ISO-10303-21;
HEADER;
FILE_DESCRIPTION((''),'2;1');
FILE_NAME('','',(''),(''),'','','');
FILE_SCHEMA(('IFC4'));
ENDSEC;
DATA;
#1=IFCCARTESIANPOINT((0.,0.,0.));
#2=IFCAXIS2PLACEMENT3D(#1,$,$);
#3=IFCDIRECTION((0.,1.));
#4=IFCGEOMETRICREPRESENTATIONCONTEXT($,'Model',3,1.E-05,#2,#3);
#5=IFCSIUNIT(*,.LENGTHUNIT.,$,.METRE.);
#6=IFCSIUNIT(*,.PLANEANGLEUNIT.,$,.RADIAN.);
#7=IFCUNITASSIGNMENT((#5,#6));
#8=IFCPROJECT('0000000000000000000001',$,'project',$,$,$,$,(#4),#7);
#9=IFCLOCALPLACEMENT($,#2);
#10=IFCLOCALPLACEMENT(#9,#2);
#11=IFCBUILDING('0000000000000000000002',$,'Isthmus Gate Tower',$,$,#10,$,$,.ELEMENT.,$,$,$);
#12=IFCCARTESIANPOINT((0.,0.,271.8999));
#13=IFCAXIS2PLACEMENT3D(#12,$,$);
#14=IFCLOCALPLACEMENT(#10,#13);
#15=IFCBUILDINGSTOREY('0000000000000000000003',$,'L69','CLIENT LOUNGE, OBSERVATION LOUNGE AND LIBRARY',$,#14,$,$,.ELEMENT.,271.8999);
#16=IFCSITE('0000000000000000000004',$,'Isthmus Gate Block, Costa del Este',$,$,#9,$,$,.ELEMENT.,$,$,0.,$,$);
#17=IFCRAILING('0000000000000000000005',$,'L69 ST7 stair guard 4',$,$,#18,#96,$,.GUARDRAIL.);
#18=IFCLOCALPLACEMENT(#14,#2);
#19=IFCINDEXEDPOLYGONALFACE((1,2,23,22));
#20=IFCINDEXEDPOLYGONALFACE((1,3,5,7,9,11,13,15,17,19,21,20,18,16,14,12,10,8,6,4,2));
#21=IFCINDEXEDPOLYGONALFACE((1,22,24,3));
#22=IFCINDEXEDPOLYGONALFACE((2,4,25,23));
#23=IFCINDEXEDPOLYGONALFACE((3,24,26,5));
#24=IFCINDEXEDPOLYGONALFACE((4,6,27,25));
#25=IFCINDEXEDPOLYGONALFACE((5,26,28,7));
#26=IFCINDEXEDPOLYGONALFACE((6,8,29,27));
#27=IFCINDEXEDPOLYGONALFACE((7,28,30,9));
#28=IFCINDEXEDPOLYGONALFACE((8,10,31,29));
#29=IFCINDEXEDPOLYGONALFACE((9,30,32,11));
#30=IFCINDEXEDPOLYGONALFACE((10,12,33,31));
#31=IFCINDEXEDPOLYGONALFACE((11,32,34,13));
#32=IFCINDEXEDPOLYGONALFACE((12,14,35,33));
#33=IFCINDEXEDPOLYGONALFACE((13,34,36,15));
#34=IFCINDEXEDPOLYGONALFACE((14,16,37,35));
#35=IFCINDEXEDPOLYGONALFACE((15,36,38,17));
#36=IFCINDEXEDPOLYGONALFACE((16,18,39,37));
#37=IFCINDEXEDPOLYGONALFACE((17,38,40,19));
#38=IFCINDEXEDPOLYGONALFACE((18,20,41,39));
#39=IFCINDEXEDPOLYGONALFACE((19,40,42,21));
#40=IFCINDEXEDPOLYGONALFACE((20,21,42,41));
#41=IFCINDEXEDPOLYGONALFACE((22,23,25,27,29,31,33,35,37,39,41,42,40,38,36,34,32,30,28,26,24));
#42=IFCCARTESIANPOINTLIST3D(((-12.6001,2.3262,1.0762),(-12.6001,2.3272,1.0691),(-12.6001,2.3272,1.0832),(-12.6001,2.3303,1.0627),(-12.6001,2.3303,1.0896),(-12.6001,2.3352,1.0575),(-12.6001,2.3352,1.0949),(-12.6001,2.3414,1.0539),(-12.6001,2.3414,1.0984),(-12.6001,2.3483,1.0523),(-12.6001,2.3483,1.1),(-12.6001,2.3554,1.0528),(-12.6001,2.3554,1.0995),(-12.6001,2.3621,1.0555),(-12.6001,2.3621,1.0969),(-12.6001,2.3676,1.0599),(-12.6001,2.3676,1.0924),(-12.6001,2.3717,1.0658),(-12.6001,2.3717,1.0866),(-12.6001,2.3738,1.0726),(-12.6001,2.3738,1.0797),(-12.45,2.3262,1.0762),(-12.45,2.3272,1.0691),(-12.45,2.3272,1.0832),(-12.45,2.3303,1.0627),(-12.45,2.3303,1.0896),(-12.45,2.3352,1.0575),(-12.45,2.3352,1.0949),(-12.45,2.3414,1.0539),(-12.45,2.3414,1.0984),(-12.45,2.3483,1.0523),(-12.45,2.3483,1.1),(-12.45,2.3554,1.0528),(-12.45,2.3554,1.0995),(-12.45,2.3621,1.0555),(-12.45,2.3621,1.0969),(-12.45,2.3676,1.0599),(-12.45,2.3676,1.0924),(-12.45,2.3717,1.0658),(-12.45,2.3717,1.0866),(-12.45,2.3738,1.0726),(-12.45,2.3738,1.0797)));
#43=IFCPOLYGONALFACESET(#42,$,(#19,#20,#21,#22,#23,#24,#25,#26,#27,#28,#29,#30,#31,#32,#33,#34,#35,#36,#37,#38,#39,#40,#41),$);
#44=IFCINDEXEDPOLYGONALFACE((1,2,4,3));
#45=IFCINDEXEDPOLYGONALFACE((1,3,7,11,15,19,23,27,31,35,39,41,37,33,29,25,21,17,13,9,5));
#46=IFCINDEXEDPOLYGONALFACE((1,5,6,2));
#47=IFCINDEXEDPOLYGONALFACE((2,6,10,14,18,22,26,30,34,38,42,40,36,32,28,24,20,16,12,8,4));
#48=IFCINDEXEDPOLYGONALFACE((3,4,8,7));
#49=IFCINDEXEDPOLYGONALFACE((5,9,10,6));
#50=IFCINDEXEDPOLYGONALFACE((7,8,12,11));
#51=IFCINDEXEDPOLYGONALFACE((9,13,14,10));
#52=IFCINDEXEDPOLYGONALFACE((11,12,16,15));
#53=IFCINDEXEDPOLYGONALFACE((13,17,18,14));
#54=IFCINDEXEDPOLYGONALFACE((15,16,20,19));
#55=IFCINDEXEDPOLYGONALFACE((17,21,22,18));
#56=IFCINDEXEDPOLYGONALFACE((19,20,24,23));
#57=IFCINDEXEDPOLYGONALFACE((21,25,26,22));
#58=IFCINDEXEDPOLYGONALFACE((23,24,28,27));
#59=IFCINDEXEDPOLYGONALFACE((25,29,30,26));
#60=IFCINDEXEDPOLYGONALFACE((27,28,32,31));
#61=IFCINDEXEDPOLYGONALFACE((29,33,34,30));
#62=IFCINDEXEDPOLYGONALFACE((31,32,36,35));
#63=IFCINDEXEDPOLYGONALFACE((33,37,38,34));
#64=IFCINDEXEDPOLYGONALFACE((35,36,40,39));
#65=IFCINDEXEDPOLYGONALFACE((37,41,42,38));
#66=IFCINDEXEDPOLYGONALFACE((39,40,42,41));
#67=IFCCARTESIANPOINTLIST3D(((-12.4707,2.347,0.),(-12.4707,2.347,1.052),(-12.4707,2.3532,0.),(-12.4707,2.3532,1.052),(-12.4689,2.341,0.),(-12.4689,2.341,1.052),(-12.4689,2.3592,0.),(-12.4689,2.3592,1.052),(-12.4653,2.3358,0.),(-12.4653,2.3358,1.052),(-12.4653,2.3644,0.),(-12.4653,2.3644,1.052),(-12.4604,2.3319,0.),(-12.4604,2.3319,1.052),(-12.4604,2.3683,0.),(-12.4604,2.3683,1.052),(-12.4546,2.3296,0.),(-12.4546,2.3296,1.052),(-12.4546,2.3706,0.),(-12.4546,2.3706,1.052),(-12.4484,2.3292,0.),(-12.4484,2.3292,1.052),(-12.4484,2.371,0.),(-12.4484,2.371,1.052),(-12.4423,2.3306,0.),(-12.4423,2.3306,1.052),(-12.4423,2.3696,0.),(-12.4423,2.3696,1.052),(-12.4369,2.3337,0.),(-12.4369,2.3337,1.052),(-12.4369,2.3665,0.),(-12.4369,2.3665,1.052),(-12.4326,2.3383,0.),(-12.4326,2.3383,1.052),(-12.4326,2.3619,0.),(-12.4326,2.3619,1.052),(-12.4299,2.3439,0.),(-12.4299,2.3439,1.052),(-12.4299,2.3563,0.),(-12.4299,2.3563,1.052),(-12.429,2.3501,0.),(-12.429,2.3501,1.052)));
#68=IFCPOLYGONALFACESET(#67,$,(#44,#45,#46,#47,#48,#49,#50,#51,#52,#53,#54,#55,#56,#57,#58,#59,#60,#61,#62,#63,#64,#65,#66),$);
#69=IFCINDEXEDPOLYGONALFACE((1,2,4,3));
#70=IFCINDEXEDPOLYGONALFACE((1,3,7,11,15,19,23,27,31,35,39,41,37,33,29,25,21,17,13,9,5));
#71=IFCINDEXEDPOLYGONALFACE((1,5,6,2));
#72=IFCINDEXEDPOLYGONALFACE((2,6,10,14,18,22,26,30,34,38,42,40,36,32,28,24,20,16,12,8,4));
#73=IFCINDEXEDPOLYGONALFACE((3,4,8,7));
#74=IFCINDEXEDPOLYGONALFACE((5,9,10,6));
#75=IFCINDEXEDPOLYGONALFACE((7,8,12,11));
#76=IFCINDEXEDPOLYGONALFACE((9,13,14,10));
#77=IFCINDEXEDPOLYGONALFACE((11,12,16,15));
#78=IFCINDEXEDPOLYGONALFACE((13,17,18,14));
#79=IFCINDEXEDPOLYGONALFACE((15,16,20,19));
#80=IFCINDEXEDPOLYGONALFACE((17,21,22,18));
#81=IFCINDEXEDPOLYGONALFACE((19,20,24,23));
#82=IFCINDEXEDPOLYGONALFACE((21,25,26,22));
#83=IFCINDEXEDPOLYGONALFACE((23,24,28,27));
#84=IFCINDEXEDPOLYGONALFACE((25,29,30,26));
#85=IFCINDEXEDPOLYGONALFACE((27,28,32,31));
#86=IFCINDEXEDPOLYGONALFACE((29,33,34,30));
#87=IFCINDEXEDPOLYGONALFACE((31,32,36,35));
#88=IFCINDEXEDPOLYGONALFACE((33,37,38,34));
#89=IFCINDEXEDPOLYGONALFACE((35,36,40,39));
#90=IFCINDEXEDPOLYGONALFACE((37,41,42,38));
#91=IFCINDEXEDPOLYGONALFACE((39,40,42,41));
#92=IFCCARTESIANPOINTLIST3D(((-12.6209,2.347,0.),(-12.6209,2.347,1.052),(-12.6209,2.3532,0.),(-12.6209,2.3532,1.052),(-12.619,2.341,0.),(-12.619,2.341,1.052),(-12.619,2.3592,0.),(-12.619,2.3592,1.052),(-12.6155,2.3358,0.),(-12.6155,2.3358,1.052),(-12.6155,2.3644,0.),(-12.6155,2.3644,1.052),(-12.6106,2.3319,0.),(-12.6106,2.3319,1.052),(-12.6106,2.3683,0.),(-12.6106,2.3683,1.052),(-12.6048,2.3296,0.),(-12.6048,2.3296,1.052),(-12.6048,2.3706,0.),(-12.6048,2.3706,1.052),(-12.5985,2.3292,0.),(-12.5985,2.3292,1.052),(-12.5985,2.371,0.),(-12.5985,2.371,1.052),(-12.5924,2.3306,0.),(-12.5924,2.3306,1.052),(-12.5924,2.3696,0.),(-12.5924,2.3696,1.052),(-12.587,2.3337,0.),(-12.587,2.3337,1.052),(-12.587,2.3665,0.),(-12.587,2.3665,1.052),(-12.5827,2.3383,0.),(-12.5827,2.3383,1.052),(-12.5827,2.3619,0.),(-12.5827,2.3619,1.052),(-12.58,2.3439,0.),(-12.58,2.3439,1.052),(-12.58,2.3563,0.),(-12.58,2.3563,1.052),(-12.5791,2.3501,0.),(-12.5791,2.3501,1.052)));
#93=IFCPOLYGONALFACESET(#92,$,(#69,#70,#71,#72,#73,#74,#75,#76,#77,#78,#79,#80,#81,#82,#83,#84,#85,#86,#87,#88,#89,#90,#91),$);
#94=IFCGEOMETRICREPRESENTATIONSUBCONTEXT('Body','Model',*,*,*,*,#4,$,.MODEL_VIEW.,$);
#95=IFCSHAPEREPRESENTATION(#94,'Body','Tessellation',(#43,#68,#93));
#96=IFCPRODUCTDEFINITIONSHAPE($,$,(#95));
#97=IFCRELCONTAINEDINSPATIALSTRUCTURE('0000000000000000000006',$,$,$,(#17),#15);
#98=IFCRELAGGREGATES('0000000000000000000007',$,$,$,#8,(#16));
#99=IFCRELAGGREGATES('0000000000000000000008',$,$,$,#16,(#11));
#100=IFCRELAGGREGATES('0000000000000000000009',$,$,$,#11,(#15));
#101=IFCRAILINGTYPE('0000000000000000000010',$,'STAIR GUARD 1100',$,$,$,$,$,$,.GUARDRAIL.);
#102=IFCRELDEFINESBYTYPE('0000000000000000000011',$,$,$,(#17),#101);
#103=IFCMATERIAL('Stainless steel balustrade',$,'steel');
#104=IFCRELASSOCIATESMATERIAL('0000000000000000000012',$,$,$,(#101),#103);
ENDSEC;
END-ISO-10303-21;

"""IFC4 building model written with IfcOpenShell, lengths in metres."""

from ifc_helpers import new_model, si_unit, direction, frame, origin, origin_2d, place, context, subcontext, project, spatial, circle, extrude, material, type_object, element, save


model = new_model("IFC4")

# Units and contexts
model_context = context("Model", 3, precision=1e-05, world=origin(), true_north=direction((0.0, 1.0)))
body_context = subcontext(model_context, "Body", "Model", "MODEL_VIEW")
ifc_project = project(units=[si_unit("LENGTHUNIT", "METRE"), si_unit("PLANEANGLEUNIT", "RADIAN")], contexts=[model_context])

# Site, building, storey
site_placement = place(None, origin())
site = spatial("IfcSite", under=ifc_project, at=site_placement, Name="Isthmus Gate Block, Costa del Este", CompositionType="ELEMENT", RefElevation=0.0)
building_placement = place(site_placement, origin())
building = spatial("IfcBuilding", under=site, at=building_placement, Name="Isthmus Gate Tower", CompositionType="ELEMENT")
storey_placement = place(building_placement, frame((0.0, 0.0, 271.8999)))
storey = spatial("IfcBuildingStorey", under=building, at=storey_placement, Name="L69", Description="CLIENT LOUNGE, OBSERVATION LOUNGE AND LIBRARY", CompositionType="ELEMENT", Elevation=271.8999)

# Railing
ifc_material_1 = material(Name="Stainless steel balustrade", Category="steel")
railing_type_1 = type_object("IfcRailingType", Name="STAIR GUARD 1100", PredefinedType="GUARDRAIL", material=ifc_material_1)
railing_1_placement = place(storey_placement, frame((-12.45, 2.3501, 0.0)))
element("IfcRailing", 1, at=railing_1_placement, inside=storey, type_object=railing_type_1, Name="L69 ST7 stair guard 4", PredefinedType="GUARDRAIL", context=body_context, shape_type="SweptSolid", body=[
    extrude(circle(Radius=0.0239, at=origin_2d()), frame((0.0, 0.0, 1.0762), z_axis=(-1.0, 0.0, 0.0), x_axis=(0.0, -1.0, 0.0)), (0.0, 0.0, 1.0), 0.1501),
    extrude(circle(Radius=0.021, at=origin_2d()), origin(), (0.0, 0.0, 1.0), 1.052),
    extrude(circle(Radius=0.021, at=origin_2d()), frame((-0.1501, 0.0, 0.0)), (0.0, 0.0, 1.0), 1.052),
])

save(model, "model.ifc")
